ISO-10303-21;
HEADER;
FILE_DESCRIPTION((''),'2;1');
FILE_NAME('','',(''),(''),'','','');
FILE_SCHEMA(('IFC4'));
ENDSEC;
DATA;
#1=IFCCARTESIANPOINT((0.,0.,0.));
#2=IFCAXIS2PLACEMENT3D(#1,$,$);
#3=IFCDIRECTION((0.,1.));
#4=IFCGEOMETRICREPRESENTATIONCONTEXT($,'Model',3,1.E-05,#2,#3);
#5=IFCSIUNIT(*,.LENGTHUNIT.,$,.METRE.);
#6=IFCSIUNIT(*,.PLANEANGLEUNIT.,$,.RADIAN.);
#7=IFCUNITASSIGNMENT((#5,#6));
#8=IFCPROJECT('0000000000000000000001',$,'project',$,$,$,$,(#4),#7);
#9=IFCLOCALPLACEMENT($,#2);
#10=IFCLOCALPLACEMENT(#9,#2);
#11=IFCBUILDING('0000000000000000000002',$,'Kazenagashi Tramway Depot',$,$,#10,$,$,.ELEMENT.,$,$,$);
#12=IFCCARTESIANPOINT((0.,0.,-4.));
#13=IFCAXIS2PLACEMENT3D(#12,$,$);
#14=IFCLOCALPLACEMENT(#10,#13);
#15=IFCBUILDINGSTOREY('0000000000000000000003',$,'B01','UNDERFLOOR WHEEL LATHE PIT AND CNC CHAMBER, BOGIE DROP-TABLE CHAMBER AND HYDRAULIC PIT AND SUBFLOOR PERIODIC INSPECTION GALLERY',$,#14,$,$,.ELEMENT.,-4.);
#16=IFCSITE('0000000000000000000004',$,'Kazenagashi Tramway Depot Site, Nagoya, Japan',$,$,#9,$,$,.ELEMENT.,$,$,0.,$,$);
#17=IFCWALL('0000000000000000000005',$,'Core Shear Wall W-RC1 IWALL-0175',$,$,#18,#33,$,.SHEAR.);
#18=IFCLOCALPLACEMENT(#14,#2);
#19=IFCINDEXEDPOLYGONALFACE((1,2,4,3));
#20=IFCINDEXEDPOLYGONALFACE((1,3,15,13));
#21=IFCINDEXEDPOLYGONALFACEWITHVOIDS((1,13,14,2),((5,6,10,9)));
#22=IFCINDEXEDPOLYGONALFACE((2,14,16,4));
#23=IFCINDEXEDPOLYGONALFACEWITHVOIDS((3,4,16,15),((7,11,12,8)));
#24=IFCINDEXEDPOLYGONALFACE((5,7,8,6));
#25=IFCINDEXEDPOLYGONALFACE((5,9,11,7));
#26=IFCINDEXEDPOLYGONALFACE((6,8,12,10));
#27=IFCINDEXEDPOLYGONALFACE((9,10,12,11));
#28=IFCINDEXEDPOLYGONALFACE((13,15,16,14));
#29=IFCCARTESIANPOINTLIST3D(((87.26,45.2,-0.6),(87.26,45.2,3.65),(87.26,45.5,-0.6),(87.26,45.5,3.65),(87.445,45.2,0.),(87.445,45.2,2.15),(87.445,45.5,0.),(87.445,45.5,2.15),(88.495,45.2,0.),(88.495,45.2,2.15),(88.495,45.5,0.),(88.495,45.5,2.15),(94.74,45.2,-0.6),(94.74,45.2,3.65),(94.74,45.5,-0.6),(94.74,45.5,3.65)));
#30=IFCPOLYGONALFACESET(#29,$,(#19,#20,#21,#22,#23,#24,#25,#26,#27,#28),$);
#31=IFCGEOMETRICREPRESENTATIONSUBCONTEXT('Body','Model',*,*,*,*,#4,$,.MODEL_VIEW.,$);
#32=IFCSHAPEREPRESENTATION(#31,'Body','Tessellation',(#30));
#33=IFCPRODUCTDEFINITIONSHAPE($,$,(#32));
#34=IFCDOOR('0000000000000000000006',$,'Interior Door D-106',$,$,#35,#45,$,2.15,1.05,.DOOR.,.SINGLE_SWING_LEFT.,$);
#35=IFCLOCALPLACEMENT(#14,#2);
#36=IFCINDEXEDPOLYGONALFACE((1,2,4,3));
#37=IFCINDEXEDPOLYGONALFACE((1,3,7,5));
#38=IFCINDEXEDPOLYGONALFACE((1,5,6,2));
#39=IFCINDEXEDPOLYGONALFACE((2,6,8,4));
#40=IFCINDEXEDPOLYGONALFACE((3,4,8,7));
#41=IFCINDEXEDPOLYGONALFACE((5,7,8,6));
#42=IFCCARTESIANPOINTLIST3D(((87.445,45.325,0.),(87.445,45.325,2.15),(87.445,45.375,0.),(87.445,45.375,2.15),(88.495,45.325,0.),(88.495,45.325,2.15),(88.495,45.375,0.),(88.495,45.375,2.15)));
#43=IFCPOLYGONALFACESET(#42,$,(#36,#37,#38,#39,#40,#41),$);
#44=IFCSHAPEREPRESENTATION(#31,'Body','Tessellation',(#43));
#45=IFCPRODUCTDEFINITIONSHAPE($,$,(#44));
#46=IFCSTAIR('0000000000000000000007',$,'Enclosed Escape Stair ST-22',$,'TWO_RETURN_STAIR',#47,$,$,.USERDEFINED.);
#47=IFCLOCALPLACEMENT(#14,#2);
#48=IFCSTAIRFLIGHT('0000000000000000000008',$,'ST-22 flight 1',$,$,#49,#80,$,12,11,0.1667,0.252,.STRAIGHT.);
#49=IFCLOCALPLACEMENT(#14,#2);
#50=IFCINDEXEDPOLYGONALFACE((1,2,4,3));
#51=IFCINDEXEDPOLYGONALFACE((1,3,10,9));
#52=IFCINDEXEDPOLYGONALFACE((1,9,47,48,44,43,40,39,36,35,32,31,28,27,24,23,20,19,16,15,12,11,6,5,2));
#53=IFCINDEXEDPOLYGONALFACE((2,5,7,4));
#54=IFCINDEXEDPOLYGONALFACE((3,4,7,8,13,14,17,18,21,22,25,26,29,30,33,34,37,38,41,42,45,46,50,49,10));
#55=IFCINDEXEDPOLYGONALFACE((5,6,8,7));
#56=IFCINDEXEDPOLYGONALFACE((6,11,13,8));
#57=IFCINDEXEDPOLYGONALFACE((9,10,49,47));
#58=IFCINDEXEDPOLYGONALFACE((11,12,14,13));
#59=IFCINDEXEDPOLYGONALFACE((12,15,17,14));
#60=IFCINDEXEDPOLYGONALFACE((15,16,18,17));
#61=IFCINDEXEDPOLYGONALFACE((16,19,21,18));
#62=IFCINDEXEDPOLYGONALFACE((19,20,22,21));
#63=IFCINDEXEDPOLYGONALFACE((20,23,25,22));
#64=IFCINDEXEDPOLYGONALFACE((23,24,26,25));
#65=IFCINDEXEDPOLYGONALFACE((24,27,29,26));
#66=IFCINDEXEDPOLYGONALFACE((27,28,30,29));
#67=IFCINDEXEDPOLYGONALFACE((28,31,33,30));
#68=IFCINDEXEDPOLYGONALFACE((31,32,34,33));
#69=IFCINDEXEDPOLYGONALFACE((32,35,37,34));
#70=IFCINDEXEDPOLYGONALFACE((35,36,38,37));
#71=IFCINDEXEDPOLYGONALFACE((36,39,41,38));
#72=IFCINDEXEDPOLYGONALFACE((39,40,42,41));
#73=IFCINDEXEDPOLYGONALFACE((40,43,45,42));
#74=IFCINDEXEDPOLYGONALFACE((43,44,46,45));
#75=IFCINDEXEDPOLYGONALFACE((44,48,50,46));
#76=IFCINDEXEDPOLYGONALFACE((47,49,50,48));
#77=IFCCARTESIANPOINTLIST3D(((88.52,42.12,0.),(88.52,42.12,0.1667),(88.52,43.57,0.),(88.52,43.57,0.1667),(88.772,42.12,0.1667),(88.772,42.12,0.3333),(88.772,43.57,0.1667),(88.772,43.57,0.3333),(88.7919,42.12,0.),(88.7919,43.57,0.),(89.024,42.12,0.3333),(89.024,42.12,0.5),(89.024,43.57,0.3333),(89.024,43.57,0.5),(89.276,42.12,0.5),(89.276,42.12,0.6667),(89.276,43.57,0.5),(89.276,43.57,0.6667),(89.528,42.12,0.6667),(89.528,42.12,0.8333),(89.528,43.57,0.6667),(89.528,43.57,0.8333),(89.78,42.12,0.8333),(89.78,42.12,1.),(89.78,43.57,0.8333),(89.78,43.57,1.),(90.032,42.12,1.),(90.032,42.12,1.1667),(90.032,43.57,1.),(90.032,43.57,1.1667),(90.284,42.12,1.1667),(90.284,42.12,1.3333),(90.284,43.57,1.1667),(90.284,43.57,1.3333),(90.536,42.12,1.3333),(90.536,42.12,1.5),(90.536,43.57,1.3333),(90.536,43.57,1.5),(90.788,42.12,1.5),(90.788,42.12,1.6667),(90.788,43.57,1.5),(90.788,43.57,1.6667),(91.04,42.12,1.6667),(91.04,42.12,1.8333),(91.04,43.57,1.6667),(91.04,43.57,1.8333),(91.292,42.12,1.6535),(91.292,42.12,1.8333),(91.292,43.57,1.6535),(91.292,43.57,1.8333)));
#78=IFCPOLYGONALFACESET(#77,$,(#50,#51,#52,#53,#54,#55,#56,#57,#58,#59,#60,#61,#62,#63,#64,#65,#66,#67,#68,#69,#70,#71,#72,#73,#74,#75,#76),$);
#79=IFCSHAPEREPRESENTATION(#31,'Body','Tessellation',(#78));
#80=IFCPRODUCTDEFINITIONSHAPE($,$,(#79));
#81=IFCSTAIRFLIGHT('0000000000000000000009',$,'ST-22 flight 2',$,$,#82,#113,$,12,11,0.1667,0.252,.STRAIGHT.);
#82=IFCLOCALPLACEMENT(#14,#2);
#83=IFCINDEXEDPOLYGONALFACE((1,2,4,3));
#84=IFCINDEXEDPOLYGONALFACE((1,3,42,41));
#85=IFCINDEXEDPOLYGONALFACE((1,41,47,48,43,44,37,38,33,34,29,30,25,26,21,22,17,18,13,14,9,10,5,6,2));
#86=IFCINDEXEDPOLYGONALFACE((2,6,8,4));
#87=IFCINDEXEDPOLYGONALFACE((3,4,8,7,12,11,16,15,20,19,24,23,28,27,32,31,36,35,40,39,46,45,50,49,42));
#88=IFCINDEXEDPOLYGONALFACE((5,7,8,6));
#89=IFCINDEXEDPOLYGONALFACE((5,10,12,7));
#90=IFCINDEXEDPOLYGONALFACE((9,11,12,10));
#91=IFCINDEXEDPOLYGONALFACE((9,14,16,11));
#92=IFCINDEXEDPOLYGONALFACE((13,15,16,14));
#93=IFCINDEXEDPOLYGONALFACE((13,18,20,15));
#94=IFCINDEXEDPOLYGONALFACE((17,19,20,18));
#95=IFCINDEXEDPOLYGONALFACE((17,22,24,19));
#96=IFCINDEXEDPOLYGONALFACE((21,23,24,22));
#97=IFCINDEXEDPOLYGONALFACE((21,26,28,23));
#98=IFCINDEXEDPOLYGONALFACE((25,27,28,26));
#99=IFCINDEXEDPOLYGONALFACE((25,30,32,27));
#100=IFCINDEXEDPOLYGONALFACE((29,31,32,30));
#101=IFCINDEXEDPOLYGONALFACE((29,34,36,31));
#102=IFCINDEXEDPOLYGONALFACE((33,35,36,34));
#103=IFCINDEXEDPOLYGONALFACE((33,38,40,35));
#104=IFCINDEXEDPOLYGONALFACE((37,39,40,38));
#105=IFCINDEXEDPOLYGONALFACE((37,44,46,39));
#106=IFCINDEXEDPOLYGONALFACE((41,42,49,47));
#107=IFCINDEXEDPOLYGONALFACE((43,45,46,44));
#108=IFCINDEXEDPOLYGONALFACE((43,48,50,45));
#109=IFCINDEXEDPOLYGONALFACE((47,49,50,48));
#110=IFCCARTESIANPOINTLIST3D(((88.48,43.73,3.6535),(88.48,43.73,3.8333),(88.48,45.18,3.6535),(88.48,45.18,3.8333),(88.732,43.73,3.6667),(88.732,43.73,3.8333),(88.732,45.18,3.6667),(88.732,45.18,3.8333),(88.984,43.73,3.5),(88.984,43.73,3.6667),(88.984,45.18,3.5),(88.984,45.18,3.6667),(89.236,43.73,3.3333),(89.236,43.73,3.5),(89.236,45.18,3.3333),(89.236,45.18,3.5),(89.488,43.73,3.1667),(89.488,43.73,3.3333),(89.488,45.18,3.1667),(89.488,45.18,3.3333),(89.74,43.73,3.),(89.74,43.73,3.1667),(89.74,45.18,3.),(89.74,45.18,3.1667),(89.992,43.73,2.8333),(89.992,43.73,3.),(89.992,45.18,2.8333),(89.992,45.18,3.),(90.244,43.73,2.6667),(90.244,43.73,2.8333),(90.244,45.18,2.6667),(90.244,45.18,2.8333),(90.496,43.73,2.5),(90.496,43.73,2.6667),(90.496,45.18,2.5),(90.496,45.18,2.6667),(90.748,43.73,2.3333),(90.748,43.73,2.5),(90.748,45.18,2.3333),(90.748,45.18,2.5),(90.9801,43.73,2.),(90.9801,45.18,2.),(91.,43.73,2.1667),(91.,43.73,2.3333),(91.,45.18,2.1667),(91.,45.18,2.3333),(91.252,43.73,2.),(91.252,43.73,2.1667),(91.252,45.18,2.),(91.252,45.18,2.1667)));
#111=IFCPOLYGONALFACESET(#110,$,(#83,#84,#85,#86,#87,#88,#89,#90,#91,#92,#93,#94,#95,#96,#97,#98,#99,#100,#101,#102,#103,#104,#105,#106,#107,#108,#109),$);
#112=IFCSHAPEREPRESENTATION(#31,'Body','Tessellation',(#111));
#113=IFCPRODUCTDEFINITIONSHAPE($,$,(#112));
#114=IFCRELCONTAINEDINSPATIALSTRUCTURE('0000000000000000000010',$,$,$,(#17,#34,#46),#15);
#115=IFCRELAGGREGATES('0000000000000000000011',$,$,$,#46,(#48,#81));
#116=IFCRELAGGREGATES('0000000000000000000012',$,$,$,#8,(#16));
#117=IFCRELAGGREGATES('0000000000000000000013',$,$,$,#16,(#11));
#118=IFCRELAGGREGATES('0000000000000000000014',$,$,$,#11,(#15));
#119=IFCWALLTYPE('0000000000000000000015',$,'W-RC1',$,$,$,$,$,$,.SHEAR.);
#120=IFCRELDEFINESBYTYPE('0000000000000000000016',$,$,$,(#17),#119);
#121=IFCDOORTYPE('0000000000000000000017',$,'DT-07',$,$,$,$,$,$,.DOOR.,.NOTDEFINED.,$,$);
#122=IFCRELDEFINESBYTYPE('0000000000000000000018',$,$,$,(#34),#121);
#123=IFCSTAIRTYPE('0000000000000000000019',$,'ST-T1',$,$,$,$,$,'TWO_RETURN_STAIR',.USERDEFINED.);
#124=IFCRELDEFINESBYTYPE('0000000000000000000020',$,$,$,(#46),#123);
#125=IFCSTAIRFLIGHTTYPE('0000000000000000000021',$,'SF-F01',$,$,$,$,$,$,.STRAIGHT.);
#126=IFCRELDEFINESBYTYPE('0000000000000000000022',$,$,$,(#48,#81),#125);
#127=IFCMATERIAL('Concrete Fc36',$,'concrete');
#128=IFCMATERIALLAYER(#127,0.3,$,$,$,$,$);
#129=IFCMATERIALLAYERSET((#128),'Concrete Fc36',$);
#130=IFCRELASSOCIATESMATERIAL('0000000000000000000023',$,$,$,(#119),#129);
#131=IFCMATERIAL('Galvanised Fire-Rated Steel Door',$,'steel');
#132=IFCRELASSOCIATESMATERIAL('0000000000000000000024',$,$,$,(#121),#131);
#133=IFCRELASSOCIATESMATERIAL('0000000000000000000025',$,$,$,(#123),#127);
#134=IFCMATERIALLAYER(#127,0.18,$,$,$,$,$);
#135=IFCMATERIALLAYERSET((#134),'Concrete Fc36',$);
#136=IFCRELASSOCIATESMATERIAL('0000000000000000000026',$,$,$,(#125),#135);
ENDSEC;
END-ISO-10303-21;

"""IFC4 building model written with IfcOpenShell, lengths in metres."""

from ifc_helpers import new_model, si_unit, direction, frame, frame_2d, origin, place, context, subcontext, project, spatial, polyline, rectangle, outline, extrude, material, layer, layer_set, type_object, element, fill, aggregate, save


model = new_model("IFC4")

# Units and contexts
model_context = context("Model", 3, precision=1e-05, world=origin(), true_north=direction((0.0, 1.0)))
body_context = subcontext(model_context, "Body", "Model", "MODEL_VIEW")
ifc_project = project(units=[si_unit("LENGTHUNIT", "METRE"), si_unit("PLANEANGLEUNIT", "RADIAN")], contexts=[model_context])

# Site, building, storey
site_placement = place(None, origin())
site = spatial("IfcSite", under=ifc_project, at=site_placement, Name="Kazenagashi Tramway Depot Site, Nagoya, Japan", CompositionType="ELEMENT", RefElevation=0.0)
building_placement = place(site_placement, origin())
building = spatial("IfcBuilding", under=site, at=building_placement, Name="Kazenagashi Tramway Depot", CompositionType="ELEMENT")
storey_placement = place(building_placement, frame((0.0, 0.0, -4.0)))
storey = spatial("IfcBuildingStorey", under=building, at=storey_placement, Name="B01", Description="UNDERFLOOR WHEEL LATHE PIT AND CNC CHAMBER, BOGIE DROP-TABLE CHAMBER AND HYDRAULIC PIT AND SUBFLOOR PERIODIC INSPECTION GALLERY", CompositionType="ELEMENT", Elevation=-4.0)

# Shared definitions
ifc_material_1 = material(Name="Concrete Fc36", Category="concrete")

# Shared definitions
ifc_layer_1 = layer(ifc_material_1, 0.3)
ifc_layer_set_1 = layer_set([ifc_layer_1], Name="Concrete Fc36")
wall_type = type_object("IfcWallType", Name="W-RC1", PredefinedType="SHEAR", material=ifc_layer_set_1)

# Wall, opening, door
ifc_material_2 = material(Name="Galvanised Fire-Rated Steel Door", Category="steel")
wall_1_placement = place(storey_placement, frame((87.26, 45.35, -0.6), z_axis=(0.0, 0.0, 1.0), x_axis=(1.0, 0.0, 0.0)))
wall_1 = element("IfcWall", 1, at=wall_1_placement, inside=storey, type_object=wall_type, Name="Core Shear Wall W-RC1 IWALL-0175", PredefinedType="SHEAR", context=body_context, shape_type="SweptSolid", body=[
    extrude(rectangle(XDim=7.48, YDim=0.3, at=frame_2d((3.74, 0.0))), origin(), (0.0, 0.0, 1.0), 4.25),
])
opening_1_placement = place(wall_1_placement, frame((0.185, 0.0, 0.6)))
opening_1 = element("IfcOpeningElement", 2, at=opening_1_placement, cuts=wall_1, PredefinedType="OPENING", context=body_context, shape_type="SweptSolid", body=[
    extrude(rectangle(XDim=1.05, YDim=2.15, at=frame_2d((0.525, 1.075))), frame((0.0, 0.16, 0.0), z_axis=(0.0, -1.0, 0.0), x_axis=(1.0, 0.0, 0.0)), (0.0, 0.0, 1.0), 0.32),
])
door_type_1 = type_object("IfcDoorType", Name="DT-07", OperationType="NOTDEFINED", PredefinedType="DOOR", material=ifc_material_2)
door_1_placement = place(opening_1_placement, origin())
door_1 = element("IfcDoor", 3, at=door_1_placement, inside=storey, type_object=door_type_1, Name="Interior Door D-106", OperationType="SINGLE_SWING_LEFT", OverallHeight=2.15, OverallWidth=1.05, PredefinedType="DOOR", context=body_context, shape_type="SweptSolid", body=[
    extrude(rectangle(XDim=1.05, YDim=2.15, at=frame_2d((0.525, 1.075))), frame((0.0, 0.025, 0.0), z_axis=(0.0, -1.0, 0.0), x_axis=(1.0, 0.0, 0.0)), (0.0, 0.0, 1.0), 0.05),
])
fill(opening_1, door_1)

# Stair, stair flights
stair_type = type_object("IfcStairType", Name="ST-T1", ElementType="TWO_RETURN_STAIR", PredefinedType="USERDEFINED", material=ifc_material_1)
stair_placement = place(storey_placement, origin())
stair = element("IfcStair", 4, at=stair_placement, inside=storey, type_object=stair_type, Name="Enclosed Escape Stair ST-22", ObjectType="TWO_RETURN_STAIR", PredefinedType="USERDEFINED")
ifc_layer_2 = layer(ifc_material_1, 0.18)
ifc_layer_set_2 = layer_set([ifc_layer_2], Name="Concrete Fc36")
stair_flight_type = type_object("IfcStairFlightType", Name="SF-F01", PredefinedType="STRAIGHT", material=ifc_layer_set_2)
stair_flight_1_placement = place(storey_placement, frame((88.52, 42.845, 0.0), z_axis=(0.0, 0.0, 1.0), x_axis=(1.0, 0.0, 0.0)))
stair_flight_1 = element("IfcStairFlight", 5, at=stair_flight_1_placement, type_object=stair_flight_type, Name="ST-22 flight 1", NumberOfRisers=12, NumberOfTreads=11, PredefinedType="STRAIGHT", RiserHeight=0.1667, TreadLength=0.252, context=body_context, shape_type="SweptSolid", body=[
    extrude(outline(polyline([(0.0, 0.0), (0.0, 0.1667), (0.252, 0.1667), (0.252, 0.3333), (0.504, 0.3333), (0.504, 0.5), (0.756, 0.5), (0.756, 0.6667), (1.008, 0.6667), (1.008, 0.8333), (1.26, 0.8333), (1.26, 1.0), (1.512, 1.0), (1.512, 1.1667), (1.764, 1.1667), (1.764, 1.3333), (2.016, 1.3333), (2.016, 1.5), (2.268, 1.5), (2.268, 1.6667), (2.52, 1.6667), (2.52, 1.8333), (2.772, 1.8333), (2.772, 2.0), (2.772, 1.6535), (0.2719, 0.0), (0.0, 0.0)])), frame((0.0, 0.725, 0.0), z_axis=(0.0, -1.0, 0.0), x_axis=(1.0, 0.0, 0.0)), (0.0, 0.0, 1.0), 1.45),
])
stair_flight_2_placement = place(storey_placement, frame((91.252, 44.455, 2.0), z_axis=(0.0, 0.0, 1.0), x_axis=(-1.0, 0.0, 0.0)))
stair_flight_2 = element("IfcStairFlight", 6, at=stair_flight_2_placement, type_object=stair_flight_type, Name="ST-22 flight 2", NumberOfRisers=12, NumberOfTreads=11, PredefinedType="STRAIGHT", RiserHeight=0.1667, TreadLength=0.252, context=body_context, shape_type="SweptSolid", body=[
    extrude(outline(polyline([(0.0, 0.0), (0.0, 0.1667), (0.252, 0.1667), (0.252, 0.3333), (0.504, 0.3333), (0.504, 0.5), (0.756, 0.5), (0.756, 0.6667), (1.008, 0.6667), (1.008, 0.8333), (1.26, 0.8333), (1.26, 1.0), (1.512, 1.0), (1.512, 1.1667), (1.764, 1.1667), (1.764, 1.3333), (2.016, 1.3333), (2.016, 1.5), (2.268, 1.5), (2.268, 1.6667), (2.52, 1.6667), (2.52, 1.8333), (2.772, 1.8333), (2.772, 2.0), (2.772, 1.6535), (0.2719, 0.0), (0.0, 0.0)])), frame((0.0, 0.725, 0.0), z_axis=(0.0, -1.0, 0.0), x_axis=(1.0, 0.0, 0.0)), (0.0, 0.0, 1.0), 1.45),
])
aggregate(stair, [stair_flight_1, stair_flight_2])

save(model, "model.ifc")
